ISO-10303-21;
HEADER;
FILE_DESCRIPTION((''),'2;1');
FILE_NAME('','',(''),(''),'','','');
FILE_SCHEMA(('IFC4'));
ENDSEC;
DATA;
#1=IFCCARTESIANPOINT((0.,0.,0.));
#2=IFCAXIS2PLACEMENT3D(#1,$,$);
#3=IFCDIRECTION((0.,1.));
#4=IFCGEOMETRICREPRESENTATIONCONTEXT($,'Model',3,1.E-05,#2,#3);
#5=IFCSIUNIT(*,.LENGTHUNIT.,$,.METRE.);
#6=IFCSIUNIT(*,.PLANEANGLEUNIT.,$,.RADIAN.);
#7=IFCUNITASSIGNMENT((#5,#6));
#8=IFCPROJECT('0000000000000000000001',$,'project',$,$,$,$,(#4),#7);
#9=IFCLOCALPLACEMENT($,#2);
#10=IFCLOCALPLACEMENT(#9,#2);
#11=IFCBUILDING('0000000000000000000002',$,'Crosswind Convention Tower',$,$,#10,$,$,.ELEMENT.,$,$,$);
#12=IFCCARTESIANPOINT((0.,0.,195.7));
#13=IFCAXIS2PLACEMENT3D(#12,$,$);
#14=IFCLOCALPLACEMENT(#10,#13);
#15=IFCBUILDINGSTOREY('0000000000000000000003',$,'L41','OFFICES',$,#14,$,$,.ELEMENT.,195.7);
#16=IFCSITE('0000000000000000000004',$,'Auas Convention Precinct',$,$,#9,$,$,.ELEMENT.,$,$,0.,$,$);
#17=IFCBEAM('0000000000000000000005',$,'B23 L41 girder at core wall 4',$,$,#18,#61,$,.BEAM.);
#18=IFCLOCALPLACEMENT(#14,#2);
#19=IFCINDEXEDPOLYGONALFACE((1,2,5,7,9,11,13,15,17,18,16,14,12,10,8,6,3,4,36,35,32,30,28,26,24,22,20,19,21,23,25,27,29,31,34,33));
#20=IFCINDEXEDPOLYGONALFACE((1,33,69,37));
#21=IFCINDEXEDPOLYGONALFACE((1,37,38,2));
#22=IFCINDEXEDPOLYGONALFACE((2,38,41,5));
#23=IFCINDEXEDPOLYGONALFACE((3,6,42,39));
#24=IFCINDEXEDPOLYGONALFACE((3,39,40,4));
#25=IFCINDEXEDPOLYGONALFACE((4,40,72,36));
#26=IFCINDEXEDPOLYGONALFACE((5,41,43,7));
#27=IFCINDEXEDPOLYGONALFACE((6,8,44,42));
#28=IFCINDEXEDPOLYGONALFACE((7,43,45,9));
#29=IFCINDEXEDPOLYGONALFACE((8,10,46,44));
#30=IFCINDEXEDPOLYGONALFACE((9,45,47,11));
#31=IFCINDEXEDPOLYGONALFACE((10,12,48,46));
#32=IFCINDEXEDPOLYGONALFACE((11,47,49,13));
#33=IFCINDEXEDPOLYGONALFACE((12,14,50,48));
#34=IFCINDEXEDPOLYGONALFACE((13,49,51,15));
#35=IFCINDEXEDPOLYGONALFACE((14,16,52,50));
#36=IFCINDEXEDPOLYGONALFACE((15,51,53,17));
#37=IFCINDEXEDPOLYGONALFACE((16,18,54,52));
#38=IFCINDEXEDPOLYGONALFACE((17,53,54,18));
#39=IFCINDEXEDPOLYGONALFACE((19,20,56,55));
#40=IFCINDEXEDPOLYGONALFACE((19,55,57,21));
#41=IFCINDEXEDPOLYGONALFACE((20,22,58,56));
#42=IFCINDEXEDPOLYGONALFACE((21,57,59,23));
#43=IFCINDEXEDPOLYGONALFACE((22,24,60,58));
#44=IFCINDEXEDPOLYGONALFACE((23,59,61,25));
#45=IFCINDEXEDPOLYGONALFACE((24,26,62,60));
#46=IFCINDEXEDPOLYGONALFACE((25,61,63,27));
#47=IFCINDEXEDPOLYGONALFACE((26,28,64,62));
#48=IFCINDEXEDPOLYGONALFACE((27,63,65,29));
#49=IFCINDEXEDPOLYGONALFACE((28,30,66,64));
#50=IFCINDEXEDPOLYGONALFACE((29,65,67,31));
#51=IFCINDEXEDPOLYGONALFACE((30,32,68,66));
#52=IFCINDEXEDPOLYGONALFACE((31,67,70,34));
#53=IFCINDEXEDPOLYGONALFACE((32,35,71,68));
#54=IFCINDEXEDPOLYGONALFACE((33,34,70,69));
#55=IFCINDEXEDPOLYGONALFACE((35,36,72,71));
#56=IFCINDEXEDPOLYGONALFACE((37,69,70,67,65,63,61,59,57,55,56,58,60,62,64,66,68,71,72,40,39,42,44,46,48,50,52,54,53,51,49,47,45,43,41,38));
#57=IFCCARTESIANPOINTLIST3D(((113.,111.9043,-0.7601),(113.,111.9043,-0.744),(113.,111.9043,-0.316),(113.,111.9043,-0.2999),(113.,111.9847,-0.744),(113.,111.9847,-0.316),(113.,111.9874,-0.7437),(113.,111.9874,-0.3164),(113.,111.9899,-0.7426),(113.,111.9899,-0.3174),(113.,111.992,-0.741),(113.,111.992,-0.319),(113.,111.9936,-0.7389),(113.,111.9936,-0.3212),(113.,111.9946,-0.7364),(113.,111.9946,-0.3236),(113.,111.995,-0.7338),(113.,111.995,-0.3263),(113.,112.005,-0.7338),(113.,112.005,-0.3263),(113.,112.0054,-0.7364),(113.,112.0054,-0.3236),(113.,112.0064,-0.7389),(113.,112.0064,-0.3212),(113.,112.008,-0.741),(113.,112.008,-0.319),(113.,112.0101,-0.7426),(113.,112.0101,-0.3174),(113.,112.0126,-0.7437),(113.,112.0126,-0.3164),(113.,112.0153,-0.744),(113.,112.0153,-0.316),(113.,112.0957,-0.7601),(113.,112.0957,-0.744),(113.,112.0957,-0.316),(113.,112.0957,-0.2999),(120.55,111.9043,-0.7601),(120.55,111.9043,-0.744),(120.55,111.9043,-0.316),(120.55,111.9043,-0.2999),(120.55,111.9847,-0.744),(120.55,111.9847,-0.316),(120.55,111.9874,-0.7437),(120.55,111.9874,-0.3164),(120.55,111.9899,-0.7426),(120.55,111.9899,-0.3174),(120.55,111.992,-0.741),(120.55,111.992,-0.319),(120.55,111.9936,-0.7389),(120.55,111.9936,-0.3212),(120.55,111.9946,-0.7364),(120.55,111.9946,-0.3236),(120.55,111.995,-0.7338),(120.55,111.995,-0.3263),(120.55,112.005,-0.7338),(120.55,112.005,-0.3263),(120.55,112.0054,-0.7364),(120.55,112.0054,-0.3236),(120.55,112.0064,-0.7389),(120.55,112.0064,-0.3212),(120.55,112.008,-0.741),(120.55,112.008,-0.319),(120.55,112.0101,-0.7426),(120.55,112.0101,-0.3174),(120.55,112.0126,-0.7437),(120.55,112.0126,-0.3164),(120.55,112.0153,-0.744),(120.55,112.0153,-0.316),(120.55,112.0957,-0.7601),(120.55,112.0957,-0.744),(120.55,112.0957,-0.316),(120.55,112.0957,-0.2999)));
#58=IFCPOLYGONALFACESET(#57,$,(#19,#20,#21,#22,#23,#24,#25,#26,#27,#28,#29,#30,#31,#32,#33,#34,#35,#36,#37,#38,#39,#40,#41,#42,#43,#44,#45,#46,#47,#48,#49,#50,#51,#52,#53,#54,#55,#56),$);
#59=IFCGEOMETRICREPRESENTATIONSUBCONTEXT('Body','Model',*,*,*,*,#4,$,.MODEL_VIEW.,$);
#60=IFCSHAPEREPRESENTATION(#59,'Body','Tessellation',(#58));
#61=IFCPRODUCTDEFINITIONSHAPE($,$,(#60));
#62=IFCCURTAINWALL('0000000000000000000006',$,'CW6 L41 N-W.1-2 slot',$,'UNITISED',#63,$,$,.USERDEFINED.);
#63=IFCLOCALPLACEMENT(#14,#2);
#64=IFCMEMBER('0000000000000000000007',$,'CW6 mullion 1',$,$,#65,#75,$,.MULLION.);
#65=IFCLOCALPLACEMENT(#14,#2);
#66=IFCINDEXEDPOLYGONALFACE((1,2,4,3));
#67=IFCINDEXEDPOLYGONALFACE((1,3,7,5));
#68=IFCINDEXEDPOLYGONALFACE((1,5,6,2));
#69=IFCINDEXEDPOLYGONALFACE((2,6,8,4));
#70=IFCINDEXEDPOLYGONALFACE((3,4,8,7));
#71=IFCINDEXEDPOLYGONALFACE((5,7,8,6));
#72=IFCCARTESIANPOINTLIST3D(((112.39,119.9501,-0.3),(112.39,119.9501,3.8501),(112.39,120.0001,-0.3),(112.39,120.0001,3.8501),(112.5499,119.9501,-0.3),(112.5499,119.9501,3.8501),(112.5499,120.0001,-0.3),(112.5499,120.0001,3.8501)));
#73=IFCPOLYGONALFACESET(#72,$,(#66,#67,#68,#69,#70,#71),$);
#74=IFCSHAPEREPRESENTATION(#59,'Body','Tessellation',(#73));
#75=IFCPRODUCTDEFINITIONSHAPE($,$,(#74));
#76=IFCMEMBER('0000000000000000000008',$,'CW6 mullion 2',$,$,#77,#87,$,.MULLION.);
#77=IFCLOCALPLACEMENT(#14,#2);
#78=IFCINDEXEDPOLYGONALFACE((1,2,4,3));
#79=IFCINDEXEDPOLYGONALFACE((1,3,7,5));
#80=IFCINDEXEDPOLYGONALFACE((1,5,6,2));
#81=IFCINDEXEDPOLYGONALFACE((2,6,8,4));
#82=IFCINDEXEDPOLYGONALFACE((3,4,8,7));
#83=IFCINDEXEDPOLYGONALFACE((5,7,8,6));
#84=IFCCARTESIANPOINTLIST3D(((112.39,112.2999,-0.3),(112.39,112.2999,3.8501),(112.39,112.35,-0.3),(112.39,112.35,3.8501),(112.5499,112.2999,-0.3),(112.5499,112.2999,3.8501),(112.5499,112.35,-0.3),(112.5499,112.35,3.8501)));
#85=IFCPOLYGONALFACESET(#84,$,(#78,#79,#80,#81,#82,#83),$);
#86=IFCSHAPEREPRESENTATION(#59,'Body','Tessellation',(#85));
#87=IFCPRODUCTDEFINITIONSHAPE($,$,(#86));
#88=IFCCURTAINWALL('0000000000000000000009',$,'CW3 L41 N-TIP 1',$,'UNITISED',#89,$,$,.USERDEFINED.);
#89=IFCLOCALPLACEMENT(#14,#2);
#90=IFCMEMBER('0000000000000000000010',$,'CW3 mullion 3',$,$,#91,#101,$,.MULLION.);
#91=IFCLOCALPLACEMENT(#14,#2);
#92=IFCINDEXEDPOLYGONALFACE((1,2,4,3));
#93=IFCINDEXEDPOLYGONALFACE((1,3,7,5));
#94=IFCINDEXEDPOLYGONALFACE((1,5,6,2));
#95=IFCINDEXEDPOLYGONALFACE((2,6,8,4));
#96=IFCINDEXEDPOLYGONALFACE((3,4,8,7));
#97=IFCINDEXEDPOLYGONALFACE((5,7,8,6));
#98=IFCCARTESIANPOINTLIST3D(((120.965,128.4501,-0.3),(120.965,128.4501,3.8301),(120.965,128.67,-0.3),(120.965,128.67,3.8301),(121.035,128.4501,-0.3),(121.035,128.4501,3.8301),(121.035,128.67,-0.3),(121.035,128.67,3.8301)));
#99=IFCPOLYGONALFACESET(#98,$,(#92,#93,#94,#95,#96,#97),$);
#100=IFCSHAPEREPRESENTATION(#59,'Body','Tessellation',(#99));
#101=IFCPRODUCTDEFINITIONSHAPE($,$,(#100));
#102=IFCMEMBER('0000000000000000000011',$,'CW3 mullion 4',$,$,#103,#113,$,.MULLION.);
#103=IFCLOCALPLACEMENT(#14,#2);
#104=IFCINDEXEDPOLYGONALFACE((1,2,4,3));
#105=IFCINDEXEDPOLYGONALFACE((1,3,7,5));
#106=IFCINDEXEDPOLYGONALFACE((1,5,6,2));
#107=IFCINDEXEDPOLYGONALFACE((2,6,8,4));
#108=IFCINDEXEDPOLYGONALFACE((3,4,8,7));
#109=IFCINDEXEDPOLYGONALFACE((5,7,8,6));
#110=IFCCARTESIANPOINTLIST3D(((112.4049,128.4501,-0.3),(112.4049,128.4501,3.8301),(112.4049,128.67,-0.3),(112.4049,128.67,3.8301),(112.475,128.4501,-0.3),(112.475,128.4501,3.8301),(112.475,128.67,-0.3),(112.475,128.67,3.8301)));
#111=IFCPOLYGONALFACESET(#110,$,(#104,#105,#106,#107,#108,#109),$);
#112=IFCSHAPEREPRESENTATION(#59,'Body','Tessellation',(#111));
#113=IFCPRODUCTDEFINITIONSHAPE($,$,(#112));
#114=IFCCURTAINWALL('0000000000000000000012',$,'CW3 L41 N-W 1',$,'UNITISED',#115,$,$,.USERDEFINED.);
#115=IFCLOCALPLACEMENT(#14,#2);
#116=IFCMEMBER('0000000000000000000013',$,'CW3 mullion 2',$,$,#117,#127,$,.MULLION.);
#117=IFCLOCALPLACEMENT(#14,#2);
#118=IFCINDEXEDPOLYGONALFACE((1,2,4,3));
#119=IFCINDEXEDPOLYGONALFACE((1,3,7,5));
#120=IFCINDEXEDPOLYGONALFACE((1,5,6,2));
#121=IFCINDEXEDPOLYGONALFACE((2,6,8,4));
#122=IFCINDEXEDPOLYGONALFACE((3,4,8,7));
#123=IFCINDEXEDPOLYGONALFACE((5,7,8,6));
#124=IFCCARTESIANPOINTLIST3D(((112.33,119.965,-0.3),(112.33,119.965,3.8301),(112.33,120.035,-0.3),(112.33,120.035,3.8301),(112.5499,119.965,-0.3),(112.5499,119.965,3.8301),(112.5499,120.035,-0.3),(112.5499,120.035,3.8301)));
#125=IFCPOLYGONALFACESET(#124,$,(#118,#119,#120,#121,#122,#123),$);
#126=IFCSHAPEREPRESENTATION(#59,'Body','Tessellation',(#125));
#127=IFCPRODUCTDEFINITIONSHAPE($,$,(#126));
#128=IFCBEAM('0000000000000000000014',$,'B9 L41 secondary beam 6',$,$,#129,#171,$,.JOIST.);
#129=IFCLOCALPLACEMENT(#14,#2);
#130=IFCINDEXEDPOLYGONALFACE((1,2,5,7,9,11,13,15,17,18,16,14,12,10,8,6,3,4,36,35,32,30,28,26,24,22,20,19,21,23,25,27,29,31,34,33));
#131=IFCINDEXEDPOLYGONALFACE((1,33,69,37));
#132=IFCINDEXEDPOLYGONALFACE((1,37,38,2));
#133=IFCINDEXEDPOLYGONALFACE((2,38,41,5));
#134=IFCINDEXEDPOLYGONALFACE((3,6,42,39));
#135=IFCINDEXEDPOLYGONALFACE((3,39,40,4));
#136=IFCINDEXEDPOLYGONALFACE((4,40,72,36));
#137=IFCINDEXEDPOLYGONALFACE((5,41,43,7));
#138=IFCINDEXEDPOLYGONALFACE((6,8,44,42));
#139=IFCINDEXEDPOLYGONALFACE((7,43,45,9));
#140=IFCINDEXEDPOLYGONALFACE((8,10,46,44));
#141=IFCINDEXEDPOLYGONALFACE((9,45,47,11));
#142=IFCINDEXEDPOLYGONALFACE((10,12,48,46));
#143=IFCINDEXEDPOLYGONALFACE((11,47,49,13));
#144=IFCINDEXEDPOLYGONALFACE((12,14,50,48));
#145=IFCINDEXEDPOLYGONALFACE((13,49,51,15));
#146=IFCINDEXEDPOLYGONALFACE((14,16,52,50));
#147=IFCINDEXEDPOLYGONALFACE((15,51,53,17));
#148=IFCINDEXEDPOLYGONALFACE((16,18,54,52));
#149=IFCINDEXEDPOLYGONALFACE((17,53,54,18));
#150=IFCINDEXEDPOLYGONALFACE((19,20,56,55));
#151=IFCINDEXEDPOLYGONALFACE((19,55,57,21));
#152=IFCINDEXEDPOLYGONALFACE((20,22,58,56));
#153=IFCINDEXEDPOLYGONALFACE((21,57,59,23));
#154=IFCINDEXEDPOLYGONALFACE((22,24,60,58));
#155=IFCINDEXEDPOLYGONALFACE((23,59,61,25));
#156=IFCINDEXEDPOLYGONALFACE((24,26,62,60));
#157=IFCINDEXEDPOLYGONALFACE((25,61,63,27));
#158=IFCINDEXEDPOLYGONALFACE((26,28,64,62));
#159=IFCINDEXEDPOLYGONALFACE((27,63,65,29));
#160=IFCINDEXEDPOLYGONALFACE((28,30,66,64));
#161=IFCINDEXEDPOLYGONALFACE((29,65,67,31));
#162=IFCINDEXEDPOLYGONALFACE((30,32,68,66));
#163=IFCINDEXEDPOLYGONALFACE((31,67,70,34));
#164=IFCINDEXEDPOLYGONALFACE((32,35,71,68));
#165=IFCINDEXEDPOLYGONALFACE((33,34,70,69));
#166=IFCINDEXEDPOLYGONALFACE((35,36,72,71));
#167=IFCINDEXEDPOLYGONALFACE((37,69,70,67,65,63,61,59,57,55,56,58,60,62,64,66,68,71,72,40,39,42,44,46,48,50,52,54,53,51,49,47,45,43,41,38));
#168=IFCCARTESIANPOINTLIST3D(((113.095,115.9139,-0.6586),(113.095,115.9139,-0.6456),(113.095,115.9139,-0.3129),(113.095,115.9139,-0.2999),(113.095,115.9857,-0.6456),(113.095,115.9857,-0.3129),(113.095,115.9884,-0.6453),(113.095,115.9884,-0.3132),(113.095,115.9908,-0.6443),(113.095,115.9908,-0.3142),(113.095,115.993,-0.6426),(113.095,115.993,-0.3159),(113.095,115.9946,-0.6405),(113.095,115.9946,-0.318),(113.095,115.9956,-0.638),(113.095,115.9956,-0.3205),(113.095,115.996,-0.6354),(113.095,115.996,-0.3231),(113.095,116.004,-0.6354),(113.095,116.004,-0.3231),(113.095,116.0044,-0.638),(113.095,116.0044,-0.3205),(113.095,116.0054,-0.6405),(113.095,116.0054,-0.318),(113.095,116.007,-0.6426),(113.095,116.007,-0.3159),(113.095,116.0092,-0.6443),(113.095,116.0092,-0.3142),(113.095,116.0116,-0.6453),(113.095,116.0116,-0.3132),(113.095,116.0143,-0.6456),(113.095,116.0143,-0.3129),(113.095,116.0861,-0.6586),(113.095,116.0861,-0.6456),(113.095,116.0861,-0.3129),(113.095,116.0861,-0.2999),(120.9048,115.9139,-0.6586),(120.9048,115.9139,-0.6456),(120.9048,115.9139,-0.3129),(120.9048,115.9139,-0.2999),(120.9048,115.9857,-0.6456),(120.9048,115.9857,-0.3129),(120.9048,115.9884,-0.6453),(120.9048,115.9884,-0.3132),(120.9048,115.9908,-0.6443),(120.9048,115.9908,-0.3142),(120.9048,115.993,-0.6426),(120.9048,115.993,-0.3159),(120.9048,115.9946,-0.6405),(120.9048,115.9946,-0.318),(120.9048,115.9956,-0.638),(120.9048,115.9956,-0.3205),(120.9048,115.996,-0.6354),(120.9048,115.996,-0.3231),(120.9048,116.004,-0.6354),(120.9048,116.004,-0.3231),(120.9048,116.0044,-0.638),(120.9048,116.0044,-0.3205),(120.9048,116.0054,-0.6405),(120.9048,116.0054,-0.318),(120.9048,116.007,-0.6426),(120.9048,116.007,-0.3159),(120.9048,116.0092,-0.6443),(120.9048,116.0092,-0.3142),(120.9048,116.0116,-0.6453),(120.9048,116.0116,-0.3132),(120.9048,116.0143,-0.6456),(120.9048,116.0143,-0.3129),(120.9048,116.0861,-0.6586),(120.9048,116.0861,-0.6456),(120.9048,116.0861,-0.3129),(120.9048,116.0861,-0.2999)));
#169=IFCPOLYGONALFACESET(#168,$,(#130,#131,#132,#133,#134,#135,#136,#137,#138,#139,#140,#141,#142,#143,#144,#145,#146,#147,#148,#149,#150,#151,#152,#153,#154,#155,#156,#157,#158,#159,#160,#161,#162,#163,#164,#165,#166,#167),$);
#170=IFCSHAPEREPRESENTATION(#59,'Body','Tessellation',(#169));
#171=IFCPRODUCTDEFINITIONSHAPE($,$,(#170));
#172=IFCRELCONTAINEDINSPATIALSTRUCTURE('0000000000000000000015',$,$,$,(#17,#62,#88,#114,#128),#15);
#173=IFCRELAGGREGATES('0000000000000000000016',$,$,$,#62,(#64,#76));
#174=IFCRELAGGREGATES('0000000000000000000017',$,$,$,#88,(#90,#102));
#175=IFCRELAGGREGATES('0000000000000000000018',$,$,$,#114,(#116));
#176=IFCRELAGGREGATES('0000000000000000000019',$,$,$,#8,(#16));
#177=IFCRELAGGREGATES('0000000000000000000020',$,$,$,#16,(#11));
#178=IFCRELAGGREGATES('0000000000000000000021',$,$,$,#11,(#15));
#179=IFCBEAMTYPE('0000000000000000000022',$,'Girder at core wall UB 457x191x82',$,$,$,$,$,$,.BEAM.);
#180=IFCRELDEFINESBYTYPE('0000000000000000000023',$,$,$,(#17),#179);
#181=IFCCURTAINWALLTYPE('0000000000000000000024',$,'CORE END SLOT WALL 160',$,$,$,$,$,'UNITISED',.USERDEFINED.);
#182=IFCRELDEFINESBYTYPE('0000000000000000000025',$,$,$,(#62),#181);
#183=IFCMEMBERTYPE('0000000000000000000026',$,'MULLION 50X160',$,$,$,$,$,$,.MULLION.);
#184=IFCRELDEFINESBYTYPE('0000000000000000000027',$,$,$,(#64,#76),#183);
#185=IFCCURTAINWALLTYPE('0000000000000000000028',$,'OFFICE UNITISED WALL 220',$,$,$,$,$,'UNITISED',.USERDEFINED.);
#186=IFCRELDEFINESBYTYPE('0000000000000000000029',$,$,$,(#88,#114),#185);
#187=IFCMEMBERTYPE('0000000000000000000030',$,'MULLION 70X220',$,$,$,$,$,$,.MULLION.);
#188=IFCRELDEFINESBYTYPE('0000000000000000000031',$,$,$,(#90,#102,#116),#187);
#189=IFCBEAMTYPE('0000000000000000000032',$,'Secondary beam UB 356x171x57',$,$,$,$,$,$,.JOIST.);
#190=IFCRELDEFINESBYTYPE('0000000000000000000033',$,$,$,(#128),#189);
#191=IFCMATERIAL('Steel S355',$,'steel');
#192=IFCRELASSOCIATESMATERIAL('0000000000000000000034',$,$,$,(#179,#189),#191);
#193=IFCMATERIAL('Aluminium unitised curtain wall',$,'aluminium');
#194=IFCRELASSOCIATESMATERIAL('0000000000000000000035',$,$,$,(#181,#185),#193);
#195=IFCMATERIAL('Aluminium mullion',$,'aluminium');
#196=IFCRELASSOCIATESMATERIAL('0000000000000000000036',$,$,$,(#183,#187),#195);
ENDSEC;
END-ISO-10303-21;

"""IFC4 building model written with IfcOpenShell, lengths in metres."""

from ifc_helpers import new_model, si_unit, direction, frame, origin, origin_2d, place, context, subcontext, project, spatial, rectangle, i_section, extrude, material, material_profile, profile_set, type_object, element, aggregate, save


model = new_model("IFC4")

# Units and contexts
model_context = context("Model", 3, precision=1e-05, world=origin(), true_north=direction((0.0, 1.0)))
body_context = subcontext(model_context, "Body", "Model", "MODEL_VIEW")
ifc_project = project(units=[si_unit("LENGTHUNIT", "METRE"), si_unit("PLANEANGLEUNIT", "RADIAN")], contexts=[model_context])

# Site, building, storey
site_placement = place(None, origin())
site = spatial("IfcSite", under=ifc_project, at=site_placement, Name="Auas Convention Precinct", CompositionType="ELEMENT", RefElevation=0.0)
building_placement = place(site_placement, origin())
building = spatial("IfcBuilding", under=site, at=building_placement, Name="Crosswind Convention Tower", CompositionType="ELEMENT")
storey_placement = place(building_placement, frame((0.0, 0.0, 195.7)))
storey = spatial("IfcBuildingStorey", under=building, at=storey_placement, Name="L41", Description="OFFICES", CompositionType="ELEMENT", Elevation=195.7)

# Beam
ifc_material_1 = material(Name="Steel S355", Category="steel")
ifc_material_profile_1 = material_profile(ifc_material_1, i_section(OverallWidth=0.1914, OverallDepth=0.4602, WebThickness=0.01, FlangeThickness=0.0161, FilletRadius=0.0103, at=origin_2d()), Name="UB 457x191x82")
ifc_profile_set_1 = profile_set([ifc_material_profile_1], Name="Steel S355")
beam_type_1 = type_object("IfcBeamType", Name="Girder at core wall UB 457x191x82", PredefinedType="BEAM", material=ifc_profile_set_1)
beam_1_placement = place(storey_placement, frame((113.0, 112.0, -0.53), z_axis=(1.0, 0.0, 0.0), x_axis=(0.0, 1.0, 0.0)))
element("IfcBeam", 1, at=beam_1_placement, inside=storey, type_object=beam_type_1, Name="B23 L41 girder at core wall 4", PredefinedType="BEAM", context=body_context, shape_type="SweptSolid", body=[
    extrude(i_section(OverallWidth=0.1914, OverallDepth=0.4602, WebThickness=0.01, FlangeThickness=0.0161, FilletRadius=0.0103, at=origin_2d()), origin(), (0.0, 0.0, 1.0), 7.55),
])

# Curtain walls, members
ifc_material_2 = material(Name="Aluminium unitised curtain wall", Category="aluminium")
curtain_wall_type_1 = type_object("IfcCurtainWallType", Name="CORE END SLOT WALL 160", ElementType="UNITISED", PredefinedType="USERDEFINED", material=ifc_material_2)
curtain_wall_1_placement = place(storey_placement, origin())
curtain_wall_1 = element("IfcCurtainWall", 2, at=curtain_wall_1_placement, inside=storey, type_object=curtain_wall_type_1, Name="CW6 L41 N-W.1-2 slot", ObjectType="UNITISED", PredefinedType="USERDEFINED")
ifc_material_3 = material(Name="Aluminium mullion", Category="aluminium")
ifc_material_profile_2 = material_profile(ifc_material_3, rectangle(XDim=0.1599, YDim=0.05, at=origin_2d()), Name="AL 160X50")
ifc_profile_set_2 = profile_set([ifc_material_profile_2], Name="Aluminium mullion")
member_type_1 = type_object("IfcMemberType", Name="MULLION 50X160", PredefinedType="MULLION", material=ifc_profile_set_2)
member_1_placement = place(storey_placement, frame((112.47, 119.9751, -0.3), z_axis=(0.0, 0.0, 1.0), x_axis=(-1.0, 0.0, 0.0)))
member_1 = element("IfcMember", 3, at=member_1_placement, type_object=member_type_1, Name="CW6 mullion 1", PredefinedType="MULLION", context=body_context, shape_type="SweptSolid", body=[
    extrude(rectangle(XDim=0.1599, YDim=0.05, at=origin_2d()), origin(), (0.0, 0.0, 1.0), 4.1501),
])
member_2_placement = place(storey_placement, frame((112.47, 112.325, -0.3), z_axis=(0.0, 0.0, 1.0), x_axis=(-1.0, 0.0, 0.0)))
member_2 = element("IfcMember", 4, at=member_2_placement, type_object=member_type_1, Name="CW6 mullion 2", PredefinedType="MULLION", context=body_context, shape_type="SweptSolid", body=[
    extrude(rectangle(XDim=0.1599, YDim=0.05, at=origin_2d()), origin(), (0.0, 0.0, 1.0), 4.1501),
])
curtain_wall_type_2 = type_object("IfcCurtainWallType", Name="OFFICE UNITISED WALL 220", ElementType="UNITISED", PredefinedType="USERDEFINED", material=ifc_material_2)
curtain_wall_2_placement = place(storey_placement, origin())
curtain_wall_2 = element("IfcCurtainWall", 5, at=curtain_wall_2_placement, inside=storey, type_object=curtain_wall_type_2, Name="CW3 L41 N-TIP 1", ObjectType="UNITISED", PredefinedType="USERDEFINED")
ifc_material_profile_3 = material_profile(ifc_material_3, rectangle(XDim=0.22, YDim=0.0701, at=origin_2d()), Name="AL 220X70")
ifc_profile_set_3 = profile_set([ifc_material_profile_3], Name="Aluminium mullion")
member_type_2 = type_object("IfcMemberType", Name="MULLION 70X220", PredefinedType="MULLION", material=ifc_profile_set_3)
member_3_placement = place(storey_placement, frame((121.0, 128.5601, -0.3), z_axis=(0.0, 0.0, 1.0), x_axis=(0.0, 1.0, 0.0)))
member_3 = element("IfcMember", 6, at=member_3_placement, type_object=member_type_2, Name="CW3 mullion 3", PredefinedType="MULLION", context=body_context, shape_type="SweptSolid", body=[
    extrude(rectangle(XDim=0.22, YDim=0.0701, at=origin_2d()), origin(), (0.0, 0.0, 1.0), 4.1301),
])
member_4_placement = place(storey_placement, frame((112.4399, 128.5601, -0.3), z_axis=(0.0, 0.0, 1.0), x_axis=(0.0, 1.0, 0.0)))
member_4 = element("IfcMember", 7, at=member_4_placement, type_object=member_type_2, Name="CW3 mullion 4", PredefinedType="MULLION", context=body_context, shape_type="SweptSolid", body=[
    extrude(rectangle(XDim=0.22, YDim=0.0701, at=origin_2d()), origin(), (0.0, 0.0, 1.0), 4.1301),
])

# Curtain wall, member
curtain_wall_3_placement = place(storey_placement, origin())
curtain_wall_3 = element("IfcCurtainWall", 8, at=curtain_wall_3_placement, inside=storey, type_object=curtain_wall_type_2, Name="CW3 L41 N-W 1", ObjectType="UNITISED", PredefinedType="USERDEFINED")
member_5_placement = place(storey_placement, frame((112.4399, 120.0, -0.3), z_axis=(0.0, 0.0, 1.0), x_axis=(-1.0, 0.0, 0.0)))
member_5 = element("IfcMember", 9, at=member_5_placement, type_object=member_type_2, Name="CW3 mullion 2", PredefinedType="MULLION", context=body_context, shape_type="SweptSolid", body=[
    extrude(rectangle(XDim=0.22, YDim=0.0701, at=origin_2d()), origin(), (0.0, 0.0, 1.0), 4.1301),
])

# Beam
ifc_material_profile_4 = material_profile(ifc_material_1, i_section(OverallWidth=0.1721, OverallDepth=0.3586, WebThickness=0.0081, FlangeThickness=0.0129, FilletRadius=0.0103, at=origin_2d()), Name="UB 356x171x57")
ifc_profile_set_4 = profile_set([ifc_material_profile_4], Name="Steel S355")
beam_type_2 = type_object("IfcBeamType", Name="Secondary beam UB 356x171x57", PredefinedType="JOIST", material=ifc_profile_set_4)
for number, where, z_axis, x_axis, name in (
    (10, (113.095, 116.0, -0.4792), (1.0, 0.0, 0.0), (0.0, 1.0, 0.0), "B9 L41 secondary beam 6"),
):
    element("IfcBeam", number, at=place(storey_placement, frame(where, z_axis=z_axis, x_axis=x_axis)), inside=storey, type_object=beam_type_2, Name=name, PredefinedType="JOIST", context=body_context, shape_type="SweptSolid", body=[
        extrude(i_section(OverallWidth=0.1721, OverallDepth=0.3586, WebThickness=0.0081, FlangeThickness=0.0129, FilletRadius=0.0103, at=origin_2d()), origin(), (0.0, 0.0, 1.0), 7.8098),
    ])

aggregate(curtain_wall_1, [member_1, member_2])
aggregate(curtain_wall_2, [member_3, member_4])

aggregate(curtain_wall_3, [member_5])

save(model, "model.ifc")
